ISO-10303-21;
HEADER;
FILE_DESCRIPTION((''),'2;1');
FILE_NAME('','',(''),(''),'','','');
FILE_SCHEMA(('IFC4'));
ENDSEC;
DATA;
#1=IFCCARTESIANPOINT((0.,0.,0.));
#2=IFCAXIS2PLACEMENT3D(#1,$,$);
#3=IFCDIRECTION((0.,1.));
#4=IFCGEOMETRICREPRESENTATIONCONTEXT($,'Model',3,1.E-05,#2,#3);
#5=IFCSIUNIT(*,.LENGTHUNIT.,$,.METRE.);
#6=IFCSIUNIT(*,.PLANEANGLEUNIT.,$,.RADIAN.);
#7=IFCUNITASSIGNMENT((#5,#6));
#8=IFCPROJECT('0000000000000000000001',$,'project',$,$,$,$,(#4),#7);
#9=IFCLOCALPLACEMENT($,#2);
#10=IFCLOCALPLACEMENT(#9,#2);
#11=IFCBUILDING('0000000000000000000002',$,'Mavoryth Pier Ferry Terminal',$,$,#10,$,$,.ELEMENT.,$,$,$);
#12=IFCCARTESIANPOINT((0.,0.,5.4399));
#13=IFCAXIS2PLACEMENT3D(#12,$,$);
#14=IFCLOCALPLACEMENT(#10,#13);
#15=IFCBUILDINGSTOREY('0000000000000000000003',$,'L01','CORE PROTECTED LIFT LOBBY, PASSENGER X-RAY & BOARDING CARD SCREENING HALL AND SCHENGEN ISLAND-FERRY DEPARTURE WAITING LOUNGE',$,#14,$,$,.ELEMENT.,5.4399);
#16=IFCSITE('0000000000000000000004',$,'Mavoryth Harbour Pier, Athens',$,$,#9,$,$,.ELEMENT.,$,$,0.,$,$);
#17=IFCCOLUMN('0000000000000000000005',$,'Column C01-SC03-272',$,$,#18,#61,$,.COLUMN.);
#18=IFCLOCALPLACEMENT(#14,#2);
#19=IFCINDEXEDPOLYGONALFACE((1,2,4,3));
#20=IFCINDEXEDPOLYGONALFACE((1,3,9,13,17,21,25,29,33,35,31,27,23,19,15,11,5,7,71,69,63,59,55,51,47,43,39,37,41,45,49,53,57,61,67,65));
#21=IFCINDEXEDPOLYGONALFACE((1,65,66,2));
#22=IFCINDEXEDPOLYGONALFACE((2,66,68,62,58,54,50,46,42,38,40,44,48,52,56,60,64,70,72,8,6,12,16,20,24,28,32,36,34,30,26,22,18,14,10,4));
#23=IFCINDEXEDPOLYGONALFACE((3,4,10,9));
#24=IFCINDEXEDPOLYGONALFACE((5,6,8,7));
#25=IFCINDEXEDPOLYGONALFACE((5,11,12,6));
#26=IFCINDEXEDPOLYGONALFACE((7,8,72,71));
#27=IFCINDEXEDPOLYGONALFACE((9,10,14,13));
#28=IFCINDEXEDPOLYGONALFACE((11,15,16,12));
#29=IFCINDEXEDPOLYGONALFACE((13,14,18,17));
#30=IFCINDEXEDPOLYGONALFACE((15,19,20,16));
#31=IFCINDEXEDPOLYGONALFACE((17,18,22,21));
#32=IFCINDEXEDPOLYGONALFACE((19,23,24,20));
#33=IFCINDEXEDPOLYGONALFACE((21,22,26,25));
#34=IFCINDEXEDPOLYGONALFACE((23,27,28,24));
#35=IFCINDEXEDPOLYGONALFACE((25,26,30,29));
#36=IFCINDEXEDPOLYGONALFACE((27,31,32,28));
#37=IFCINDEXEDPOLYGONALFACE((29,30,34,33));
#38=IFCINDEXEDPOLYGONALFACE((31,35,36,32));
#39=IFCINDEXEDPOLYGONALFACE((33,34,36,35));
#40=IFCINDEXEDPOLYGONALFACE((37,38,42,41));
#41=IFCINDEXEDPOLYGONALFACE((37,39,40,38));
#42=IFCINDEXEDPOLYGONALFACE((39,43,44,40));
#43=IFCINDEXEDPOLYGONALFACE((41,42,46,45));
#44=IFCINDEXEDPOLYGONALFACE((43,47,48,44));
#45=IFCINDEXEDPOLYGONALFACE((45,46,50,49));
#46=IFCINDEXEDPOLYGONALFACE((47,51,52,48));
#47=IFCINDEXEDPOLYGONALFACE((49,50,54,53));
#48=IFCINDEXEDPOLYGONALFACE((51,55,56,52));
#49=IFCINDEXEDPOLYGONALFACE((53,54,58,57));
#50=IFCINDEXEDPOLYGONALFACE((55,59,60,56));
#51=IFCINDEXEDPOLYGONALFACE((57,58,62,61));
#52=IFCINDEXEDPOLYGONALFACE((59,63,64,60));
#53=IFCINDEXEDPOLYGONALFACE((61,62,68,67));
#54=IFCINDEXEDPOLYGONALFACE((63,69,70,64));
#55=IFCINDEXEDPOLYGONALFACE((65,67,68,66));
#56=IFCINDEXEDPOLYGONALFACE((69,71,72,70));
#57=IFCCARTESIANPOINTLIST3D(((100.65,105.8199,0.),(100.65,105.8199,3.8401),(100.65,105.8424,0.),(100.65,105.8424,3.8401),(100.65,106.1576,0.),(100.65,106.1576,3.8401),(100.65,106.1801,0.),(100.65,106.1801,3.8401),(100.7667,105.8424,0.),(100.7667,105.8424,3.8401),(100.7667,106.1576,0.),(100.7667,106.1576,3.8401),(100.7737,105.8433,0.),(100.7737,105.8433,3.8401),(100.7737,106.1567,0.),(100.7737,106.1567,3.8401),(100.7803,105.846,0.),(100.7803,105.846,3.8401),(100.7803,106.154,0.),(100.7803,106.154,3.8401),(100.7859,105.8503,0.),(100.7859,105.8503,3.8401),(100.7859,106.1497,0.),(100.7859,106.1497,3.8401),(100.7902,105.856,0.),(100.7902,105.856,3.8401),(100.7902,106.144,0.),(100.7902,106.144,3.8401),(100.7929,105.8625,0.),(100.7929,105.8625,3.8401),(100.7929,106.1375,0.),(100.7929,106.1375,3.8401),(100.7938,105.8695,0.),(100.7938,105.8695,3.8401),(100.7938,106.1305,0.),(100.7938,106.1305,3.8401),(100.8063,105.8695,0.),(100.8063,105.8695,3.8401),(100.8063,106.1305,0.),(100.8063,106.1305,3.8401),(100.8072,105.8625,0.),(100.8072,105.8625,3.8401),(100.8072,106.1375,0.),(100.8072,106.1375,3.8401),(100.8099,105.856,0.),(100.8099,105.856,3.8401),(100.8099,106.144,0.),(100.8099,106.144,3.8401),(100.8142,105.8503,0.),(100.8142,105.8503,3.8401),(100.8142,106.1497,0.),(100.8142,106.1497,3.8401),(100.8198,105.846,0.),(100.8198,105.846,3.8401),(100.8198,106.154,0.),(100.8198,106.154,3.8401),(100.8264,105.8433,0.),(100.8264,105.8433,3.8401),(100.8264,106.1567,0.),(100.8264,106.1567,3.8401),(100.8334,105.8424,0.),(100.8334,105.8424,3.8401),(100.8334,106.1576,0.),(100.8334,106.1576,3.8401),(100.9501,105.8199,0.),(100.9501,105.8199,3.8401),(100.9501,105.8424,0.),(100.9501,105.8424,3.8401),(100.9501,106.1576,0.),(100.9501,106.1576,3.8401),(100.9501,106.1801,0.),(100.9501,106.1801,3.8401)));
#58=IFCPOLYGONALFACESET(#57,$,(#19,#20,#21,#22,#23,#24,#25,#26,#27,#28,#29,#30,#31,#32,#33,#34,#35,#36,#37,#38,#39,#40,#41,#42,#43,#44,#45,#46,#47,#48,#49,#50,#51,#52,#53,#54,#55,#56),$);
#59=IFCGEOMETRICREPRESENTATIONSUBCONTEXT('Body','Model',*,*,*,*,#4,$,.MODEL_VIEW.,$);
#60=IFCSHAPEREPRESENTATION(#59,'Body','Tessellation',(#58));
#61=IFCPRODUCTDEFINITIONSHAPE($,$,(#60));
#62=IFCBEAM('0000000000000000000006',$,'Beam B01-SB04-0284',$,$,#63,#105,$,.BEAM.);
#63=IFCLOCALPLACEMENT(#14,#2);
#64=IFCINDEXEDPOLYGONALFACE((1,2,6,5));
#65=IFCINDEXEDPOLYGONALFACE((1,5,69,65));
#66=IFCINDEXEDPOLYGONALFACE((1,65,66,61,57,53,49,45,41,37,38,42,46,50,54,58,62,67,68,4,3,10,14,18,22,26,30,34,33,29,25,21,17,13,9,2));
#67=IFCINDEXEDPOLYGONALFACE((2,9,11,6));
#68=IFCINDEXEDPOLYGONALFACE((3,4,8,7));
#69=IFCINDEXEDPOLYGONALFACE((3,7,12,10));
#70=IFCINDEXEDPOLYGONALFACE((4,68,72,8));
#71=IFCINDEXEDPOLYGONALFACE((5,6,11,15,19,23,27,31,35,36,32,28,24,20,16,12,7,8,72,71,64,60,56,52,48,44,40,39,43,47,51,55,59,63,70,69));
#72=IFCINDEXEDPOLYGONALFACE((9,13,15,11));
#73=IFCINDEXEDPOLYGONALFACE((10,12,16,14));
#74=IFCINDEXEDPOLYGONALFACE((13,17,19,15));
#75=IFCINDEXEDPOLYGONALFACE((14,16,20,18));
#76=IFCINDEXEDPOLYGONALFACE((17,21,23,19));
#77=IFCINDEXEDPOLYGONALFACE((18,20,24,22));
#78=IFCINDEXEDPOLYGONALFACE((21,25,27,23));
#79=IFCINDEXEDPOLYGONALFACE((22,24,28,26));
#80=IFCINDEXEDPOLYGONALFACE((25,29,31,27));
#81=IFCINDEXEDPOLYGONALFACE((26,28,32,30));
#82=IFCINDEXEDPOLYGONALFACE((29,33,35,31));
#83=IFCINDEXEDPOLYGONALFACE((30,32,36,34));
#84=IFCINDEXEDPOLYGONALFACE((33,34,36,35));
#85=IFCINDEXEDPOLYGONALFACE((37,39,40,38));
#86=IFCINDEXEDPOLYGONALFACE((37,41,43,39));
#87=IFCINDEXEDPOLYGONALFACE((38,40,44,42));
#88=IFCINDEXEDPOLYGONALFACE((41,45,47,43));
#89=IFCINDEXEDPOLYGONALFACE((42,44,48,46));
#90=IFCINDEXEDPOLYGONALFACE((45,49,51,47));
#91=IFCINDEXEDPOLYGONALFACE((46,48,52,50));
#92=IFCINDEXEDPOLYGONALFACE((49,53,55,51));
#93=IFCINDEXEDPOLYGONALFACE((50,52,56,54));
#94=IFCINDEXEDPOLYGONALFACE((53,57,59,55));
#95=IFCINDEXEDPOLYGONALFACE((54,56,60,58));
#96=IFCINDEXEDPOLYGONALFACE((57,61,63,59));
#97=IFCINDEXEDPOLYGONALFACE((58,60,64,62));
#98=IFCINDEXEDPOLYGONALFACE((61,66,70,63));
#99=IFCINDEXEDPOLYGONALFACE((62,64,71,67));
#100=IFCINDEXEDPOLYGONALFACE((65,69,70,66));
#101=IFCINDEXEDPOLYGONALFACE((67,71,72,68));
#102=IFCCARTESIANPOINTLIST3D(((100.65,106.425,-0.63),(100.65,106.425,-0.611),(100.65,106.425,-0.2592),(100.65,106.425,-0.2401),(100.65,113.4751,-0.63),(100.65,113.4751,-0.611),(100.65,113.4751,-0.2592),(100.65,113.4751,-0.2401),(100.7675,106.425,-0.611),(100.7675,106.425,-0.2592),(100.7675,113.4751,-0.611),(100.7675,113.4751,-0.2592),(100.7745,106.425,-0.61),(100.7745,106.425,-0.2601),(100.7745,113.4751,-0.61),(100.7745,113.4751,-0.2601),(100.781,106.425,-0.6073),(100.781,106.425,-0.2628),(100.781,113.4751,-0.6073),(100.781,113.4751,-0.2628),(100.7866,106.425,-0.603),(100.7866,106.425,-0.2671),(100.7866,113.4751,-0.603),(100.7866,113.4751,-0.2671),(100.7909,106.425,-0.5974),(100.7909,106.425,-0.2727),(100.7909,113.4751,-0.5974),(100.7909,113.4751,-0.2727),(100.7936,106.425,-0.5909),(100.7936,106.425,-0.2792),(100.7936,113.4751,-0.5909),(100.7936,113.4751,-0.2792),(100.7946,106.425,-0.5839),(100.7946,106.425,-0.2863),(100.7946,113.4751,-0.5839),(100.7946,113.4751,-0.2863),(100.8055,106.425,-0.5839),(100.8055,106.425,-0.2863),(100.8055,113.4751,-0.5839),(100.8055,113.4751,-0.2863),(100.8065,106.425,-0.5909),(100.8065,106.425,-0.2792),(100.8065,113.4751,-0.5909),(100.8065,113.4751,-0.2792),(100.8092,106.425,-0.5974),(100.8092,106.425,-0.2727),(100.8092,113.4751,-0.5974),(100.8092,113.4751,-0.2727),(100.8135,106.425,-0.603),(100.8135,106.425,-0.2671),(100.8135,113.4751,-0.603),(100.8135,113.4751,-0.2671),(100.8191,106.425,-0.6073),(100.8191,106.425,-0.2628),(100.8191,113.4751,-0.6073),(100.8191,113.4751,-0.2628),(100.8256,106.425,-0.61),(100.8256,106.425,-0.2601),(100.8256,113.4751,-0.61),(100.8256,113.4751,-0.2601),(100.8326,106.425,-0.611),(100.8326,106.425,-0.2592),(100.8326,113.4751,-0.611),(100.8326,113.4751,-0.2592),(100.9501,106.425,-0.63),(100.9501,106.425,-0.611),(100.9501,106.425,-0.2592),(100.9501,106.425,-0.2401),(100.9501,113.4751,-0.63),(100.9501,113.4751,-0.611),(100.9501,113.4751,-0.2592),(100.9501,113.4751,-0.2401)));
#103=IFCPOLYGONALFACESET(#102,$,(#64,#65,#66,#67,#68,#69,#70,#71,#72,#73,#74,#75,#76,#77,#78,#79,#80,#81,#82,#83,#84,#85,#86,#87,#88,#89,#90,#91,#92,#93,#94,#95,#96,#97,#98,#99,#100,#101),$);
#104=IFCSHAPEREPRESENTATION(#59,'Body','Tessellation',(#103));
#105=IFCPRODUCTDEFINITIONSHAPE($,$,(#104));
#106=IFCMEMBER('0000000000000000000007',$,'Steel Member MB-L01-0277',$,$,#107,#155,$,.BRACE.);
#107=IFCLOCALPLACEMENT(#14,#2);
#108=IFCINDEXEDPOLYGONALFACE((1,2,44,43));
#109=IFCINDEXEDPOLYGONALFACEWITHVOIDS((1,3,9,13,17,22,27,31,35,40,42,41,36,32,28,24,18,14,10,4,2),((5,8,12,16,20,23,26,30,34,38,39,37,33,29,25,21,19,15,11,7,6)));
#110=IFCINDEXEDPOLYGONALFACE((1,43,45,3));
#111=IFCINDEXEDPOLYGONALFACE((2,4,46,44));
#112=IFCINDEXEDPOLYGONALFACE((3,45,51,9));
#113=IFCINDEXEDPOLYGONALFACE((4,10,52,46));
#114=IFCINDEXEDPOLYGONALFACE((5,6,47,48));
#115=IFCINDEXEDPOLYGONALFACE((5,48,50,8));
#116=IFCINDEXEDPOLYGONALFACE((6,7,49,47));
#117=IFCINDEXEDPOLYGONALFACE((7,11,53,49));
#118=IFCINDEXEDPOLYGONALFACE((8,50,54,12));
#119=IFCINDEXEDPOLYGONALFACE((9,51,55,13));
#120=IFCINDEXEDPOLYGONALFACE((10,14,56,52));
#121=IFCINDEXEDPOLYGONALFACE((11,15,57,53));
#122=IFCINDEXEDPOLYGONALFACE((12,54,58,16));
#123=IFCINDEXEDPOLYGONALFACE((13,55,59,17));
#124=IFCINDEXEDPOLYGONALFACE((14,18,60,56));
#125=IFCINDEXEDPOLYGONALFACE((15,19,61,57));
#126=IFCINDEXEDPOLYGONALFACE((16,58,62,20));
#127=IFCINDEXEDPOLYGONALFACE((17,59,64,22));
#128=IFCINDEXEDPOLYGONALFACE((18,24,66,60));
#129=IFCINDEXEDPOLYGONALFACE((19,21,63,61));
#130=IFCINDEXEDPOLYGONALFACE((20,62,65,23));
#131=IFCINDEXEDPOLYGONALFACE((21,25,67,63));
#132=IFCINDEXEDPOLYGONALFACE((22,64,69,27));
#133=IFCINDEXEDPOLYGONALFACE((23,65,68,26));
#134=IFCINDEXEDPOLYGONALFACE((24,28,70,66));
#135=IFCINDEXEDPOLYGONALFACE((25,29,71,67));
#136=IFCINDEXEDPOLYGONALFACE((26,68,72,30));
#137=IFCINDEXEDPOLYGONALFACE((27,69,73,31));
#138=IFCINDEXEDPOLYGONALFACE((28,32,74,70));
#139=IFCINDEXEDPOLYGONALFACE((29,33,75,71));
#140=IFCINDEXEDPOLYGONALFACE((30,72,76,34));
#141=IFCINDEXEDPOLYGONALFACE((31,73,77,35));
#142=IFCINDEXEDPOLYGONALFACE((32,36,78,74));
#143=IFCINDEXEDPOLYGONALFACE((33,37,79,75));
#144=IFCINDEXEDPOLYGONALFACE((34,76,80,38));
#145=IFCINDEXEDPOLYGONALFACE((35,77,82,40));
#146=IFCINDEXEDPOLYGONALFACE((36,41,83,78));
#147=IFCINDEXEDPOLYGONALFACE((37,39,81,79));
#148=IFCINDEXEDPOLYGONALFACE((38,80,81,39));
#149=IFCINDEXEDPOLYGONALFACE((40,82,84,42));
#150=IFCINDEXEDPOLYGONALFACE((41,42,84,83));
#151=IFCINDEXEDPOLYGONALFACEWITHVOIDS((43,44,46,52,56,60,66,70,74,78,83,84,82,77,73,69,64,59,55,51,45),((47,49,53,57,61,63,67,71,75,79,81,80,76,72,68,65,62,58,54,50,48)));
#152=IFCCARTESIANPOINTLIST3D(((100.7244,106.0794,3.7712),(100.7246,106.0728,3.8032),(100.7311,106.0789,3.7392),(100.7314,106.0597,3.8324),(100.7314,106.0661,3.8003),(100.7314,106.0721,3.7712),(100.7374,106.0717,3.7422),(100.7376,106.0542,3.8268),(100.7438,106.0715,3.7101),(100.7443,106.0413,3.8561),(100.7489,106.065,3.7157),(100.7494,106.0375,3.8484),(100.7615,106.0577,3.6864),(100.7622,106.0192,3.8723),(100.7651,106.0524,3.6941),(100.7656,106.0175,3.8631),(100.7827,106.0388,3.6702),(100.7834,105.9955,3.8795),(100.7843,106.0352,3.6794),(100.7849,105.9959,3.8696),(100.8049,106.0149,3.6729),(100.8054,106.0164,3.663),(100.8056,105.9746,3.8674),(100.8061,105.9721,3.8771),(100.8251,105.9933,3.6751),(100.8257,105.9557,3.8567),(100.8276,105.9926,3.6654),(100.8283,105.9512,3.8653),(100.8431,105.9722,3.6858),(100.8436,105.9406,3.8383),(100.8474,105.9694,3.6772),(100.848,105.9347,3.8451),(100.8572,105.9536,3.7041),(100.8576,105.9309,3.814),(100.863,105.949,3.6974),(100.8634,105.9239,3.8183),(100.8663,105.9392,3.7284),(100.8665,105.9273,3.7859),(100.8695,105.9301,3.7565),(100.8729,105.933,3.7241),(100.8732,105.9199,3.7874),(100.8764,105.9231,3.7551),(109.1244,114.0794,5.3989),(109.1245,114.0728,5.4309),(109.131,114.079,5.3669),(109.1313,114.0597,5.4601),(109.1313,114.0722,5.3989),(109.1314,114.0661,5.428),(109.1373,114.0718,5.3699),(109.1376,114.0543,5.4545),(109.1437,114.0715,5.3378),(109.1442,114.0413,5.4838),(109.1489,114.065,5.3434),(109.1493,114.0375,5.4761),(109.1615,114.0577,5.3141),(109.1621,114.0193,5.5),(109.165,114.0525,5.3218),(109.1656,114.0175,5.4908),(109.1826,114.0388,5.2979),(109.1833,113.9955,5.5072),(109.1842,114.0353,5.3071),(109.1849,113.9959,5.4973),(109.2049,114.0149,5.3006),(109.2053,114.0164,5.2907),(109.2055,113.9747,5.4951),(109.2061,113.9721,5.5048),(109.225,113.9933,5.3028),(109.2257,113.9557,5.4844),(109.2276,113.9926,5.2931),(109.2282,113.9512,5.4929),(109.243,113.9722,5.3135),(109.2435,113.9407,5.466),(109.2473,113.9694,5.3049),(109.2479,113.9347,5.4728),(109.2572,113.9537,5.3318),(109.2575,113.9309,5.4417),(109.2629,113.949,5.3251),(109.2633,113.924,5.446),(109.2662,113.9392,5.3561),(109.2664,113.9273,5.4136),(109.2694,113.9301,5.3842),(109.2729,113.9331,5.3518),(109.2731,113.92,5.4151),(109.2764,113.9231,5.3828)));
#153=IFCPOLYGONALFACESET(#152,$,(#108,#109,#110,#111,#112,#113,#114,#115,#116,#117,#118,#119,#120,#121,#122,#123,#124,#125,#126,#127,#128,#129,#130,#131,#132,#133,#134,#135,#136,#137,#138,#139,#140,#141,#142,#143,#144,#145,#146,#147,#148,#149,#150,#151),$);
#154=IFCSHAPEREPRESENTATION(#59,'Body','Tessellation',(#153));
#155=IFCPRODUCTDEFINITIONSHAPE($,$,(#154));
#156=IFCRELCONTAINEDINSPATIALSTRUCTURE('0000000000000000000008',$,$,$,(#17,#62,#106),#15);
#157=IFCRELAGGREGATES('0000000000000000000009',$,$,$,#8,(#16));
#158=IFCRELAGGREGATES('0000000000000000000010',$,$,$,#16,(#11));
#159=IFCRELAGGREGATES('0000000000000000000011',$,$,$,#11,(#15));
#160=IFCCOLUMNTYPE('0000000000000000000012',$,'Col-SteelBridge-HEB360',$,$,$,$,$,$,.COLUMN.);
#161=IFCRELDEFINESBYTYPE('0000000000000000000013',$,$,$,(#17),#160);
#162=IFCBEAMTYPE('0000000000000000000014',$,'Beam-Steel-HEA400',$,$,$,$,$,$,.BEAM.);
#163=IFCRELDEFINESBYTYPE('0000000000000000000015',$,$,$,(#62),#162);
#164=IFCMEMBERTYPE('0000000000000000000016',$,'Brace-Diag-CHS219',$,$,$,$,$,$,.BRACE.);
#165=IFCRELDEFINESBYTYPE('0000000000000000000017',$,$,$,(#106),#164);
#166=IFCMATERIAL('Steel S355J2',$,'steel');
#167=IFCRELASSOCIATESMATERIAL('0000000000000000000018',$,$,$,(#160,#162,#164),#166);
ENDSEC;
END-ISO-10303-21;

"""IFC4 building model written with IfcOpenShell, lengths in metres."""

from ifc_helpers import new_model, si_unit, direction, frame, origin, origin_2d, place, context, subcontext, project, spatial, hollow_circle, i_section, extrude, material, material_profile, profile_set, type_object, element, save


model = new_model("IFC4")

# Units and contexts
model_context = context("Model", 3, precision=1e-05, world=origin(), true_north=direction((0.0, 1.0)))
body_context = subcontext(model_context, "Body", "Model", "MODEL_VIEW")
ifc_project = project(units=[si_unit("LENGTHUNIT", "METRE"), si_unit("PLANEANGLEUNIT", "RADIAN")], contexts=[model_context])

# Site, building, storey
site_placement = place(None, origin())
site = spatial("IfcSite", under=ifc_project, at=site_placement, Name="Mavoryth Harbour Pier, Athens", CompositionType="ELEMENT", RefElevation=0.0)
building_placement = place(site_placement, origin())
building = spatial("IfcBuilding", under=site, at=building_placement, Name="Mavoryth Pier Ferry Terminal", CompositionType="ELEMENT")
storey_placement = place(building_placement, frame((0.0, 0.0, 5.4399)))
storey = spatial("IfcBuildingStorey", under=building, at=storey_placement, Name="L01", Description="CORE PROTECTED LIFT LOBBY, PASSENGER X-RAY & BOARDING CARD SCREENING HALL AND SCHENGEN ISLAND-FERRY DEPARTURE WAITING LOUNGE", CompositionType="ELEMENT", Elevation=5.4399)

# Column
ifc_material_1 = material(Name="Steel S355J2", Category="steel")
ifc_material_profile_1 = material_profile(ifc_material_1, i_section(OverallWidth=0.3, OverallDepth=0.3601, WebThickness=0.0125, FlangeThickness=0.0225, FilletRadius=0.0271, at=origin_2d()), Name="HEB 360", Category="steel")
ifc_profile_set_1 = profile_set([ifc_material_profile_1], Name="Steel S355J2 - HEB 360")
column_type = type_object("IfcColumnType", Name="Col-SteelBridge-HEB360", PredefinedType="COLUMN", material=ifc_profile_set_1)
column_placement = place(storey_placement, frame((100.8, 106.0, 0.0), z_axis=(0.0, 0.0, 1.0), x_axis=(1.0, 0.0, 0.0)))
element("IfcColumn", 1, at=column_placement, inside=storey, type_object=column_type, Name="Column C01-SC03-272", PredefinedType="COLUMN", context=body_context, shape_type="SweptSolid", body=[
    extrude(i_section(OverallWidth=0.3, OverallDepth=0.3601, WebThickness=0.0125, FlangeThickness=0.0225, FilletRadius=0.0271, at=origin_2d()), origin(), (0.0, 0.0, 1.0), 3.8401),
])

# Beam
ifc_material_profile_2 = material_profile(ifc_material_1, i_section(OverallWidth=0.3, OverallDepth=0.3899, WebThickness=0.011, FlangeThickness=0.019, FilletRadius=0.0271, at=origin_2d()), Name="HEA 400", Category="steel")
ifc_profile_set_2 = profile_set([ifc_material_profile_2], Name="Steel S355J2 - HEA 400")
beam_type_1 = type_object("IfcBeamType", Name="Beam-Steel-HEA400", PredefinedType="BEAM", material=ifc_profile_set_2)
beam_placement = place(storey_placement, frame((100.8, 106.425, -0.4351), z_axis=(0.0, 1.0, 0.0), x_axis=(-1.0, 0.0, 0.0)))
element("IfcBeam", 2, at=beam_placement, inside=storey, type_object=beam_type_1, Name="Beam B01-SB04-0284", PredefinedType="BEAM", context=body_context, shape_type="SweptSolid", body=[
    extrude(i_section(OverallWidth=0.3, OverallDepth=0.3899, WebThickness=0.011, FlangeThickness=0.019, FilletRadius=0.0271, at=origin_2d()), origin(), (0.0, 0.0, 1.0), 7.05),
])

# Member
ifc_material_profile_3 = material_profile(ifc_material_1, hollow_circle(Radius=0.1096, WallThickness=0.01, at=origin_2d()), Name="CHS 219.1x10.0", Category="steel")
ifc_profile_set_3 = profile_set([ifc_material_profile_3], Name="Steel S355J2 - CHS 219.1x10.0")
member_type_1 = type_object("IfcMemberType", Name="Brace-Diag-CHS219", PredefinedType="BRACE", material=ifc_profile_set_3)
member_1_placement = place(storey_placement, frame((100.8, 106.0, 3.7712), z_axis=(0.717109, 0.682969, 0.138957), x_axis=(-0.689659, 0.724134, 0.0)))
element("IfcMember", 3, at=member_1_placement, inside=storey, type_object=member_type_1, Name="Steel Member MB-L01-0277", PredefinedType="BRACE", context=body_context, shape_type="SweptSolid", body=[
    extrude(hollow_circle(Radius=0.1096, WallThickness=0.01, at=origin_2d()), origin(), (0.0, 0.0, 1.0), 11.7136),
])

save(model, "model.ifc")
